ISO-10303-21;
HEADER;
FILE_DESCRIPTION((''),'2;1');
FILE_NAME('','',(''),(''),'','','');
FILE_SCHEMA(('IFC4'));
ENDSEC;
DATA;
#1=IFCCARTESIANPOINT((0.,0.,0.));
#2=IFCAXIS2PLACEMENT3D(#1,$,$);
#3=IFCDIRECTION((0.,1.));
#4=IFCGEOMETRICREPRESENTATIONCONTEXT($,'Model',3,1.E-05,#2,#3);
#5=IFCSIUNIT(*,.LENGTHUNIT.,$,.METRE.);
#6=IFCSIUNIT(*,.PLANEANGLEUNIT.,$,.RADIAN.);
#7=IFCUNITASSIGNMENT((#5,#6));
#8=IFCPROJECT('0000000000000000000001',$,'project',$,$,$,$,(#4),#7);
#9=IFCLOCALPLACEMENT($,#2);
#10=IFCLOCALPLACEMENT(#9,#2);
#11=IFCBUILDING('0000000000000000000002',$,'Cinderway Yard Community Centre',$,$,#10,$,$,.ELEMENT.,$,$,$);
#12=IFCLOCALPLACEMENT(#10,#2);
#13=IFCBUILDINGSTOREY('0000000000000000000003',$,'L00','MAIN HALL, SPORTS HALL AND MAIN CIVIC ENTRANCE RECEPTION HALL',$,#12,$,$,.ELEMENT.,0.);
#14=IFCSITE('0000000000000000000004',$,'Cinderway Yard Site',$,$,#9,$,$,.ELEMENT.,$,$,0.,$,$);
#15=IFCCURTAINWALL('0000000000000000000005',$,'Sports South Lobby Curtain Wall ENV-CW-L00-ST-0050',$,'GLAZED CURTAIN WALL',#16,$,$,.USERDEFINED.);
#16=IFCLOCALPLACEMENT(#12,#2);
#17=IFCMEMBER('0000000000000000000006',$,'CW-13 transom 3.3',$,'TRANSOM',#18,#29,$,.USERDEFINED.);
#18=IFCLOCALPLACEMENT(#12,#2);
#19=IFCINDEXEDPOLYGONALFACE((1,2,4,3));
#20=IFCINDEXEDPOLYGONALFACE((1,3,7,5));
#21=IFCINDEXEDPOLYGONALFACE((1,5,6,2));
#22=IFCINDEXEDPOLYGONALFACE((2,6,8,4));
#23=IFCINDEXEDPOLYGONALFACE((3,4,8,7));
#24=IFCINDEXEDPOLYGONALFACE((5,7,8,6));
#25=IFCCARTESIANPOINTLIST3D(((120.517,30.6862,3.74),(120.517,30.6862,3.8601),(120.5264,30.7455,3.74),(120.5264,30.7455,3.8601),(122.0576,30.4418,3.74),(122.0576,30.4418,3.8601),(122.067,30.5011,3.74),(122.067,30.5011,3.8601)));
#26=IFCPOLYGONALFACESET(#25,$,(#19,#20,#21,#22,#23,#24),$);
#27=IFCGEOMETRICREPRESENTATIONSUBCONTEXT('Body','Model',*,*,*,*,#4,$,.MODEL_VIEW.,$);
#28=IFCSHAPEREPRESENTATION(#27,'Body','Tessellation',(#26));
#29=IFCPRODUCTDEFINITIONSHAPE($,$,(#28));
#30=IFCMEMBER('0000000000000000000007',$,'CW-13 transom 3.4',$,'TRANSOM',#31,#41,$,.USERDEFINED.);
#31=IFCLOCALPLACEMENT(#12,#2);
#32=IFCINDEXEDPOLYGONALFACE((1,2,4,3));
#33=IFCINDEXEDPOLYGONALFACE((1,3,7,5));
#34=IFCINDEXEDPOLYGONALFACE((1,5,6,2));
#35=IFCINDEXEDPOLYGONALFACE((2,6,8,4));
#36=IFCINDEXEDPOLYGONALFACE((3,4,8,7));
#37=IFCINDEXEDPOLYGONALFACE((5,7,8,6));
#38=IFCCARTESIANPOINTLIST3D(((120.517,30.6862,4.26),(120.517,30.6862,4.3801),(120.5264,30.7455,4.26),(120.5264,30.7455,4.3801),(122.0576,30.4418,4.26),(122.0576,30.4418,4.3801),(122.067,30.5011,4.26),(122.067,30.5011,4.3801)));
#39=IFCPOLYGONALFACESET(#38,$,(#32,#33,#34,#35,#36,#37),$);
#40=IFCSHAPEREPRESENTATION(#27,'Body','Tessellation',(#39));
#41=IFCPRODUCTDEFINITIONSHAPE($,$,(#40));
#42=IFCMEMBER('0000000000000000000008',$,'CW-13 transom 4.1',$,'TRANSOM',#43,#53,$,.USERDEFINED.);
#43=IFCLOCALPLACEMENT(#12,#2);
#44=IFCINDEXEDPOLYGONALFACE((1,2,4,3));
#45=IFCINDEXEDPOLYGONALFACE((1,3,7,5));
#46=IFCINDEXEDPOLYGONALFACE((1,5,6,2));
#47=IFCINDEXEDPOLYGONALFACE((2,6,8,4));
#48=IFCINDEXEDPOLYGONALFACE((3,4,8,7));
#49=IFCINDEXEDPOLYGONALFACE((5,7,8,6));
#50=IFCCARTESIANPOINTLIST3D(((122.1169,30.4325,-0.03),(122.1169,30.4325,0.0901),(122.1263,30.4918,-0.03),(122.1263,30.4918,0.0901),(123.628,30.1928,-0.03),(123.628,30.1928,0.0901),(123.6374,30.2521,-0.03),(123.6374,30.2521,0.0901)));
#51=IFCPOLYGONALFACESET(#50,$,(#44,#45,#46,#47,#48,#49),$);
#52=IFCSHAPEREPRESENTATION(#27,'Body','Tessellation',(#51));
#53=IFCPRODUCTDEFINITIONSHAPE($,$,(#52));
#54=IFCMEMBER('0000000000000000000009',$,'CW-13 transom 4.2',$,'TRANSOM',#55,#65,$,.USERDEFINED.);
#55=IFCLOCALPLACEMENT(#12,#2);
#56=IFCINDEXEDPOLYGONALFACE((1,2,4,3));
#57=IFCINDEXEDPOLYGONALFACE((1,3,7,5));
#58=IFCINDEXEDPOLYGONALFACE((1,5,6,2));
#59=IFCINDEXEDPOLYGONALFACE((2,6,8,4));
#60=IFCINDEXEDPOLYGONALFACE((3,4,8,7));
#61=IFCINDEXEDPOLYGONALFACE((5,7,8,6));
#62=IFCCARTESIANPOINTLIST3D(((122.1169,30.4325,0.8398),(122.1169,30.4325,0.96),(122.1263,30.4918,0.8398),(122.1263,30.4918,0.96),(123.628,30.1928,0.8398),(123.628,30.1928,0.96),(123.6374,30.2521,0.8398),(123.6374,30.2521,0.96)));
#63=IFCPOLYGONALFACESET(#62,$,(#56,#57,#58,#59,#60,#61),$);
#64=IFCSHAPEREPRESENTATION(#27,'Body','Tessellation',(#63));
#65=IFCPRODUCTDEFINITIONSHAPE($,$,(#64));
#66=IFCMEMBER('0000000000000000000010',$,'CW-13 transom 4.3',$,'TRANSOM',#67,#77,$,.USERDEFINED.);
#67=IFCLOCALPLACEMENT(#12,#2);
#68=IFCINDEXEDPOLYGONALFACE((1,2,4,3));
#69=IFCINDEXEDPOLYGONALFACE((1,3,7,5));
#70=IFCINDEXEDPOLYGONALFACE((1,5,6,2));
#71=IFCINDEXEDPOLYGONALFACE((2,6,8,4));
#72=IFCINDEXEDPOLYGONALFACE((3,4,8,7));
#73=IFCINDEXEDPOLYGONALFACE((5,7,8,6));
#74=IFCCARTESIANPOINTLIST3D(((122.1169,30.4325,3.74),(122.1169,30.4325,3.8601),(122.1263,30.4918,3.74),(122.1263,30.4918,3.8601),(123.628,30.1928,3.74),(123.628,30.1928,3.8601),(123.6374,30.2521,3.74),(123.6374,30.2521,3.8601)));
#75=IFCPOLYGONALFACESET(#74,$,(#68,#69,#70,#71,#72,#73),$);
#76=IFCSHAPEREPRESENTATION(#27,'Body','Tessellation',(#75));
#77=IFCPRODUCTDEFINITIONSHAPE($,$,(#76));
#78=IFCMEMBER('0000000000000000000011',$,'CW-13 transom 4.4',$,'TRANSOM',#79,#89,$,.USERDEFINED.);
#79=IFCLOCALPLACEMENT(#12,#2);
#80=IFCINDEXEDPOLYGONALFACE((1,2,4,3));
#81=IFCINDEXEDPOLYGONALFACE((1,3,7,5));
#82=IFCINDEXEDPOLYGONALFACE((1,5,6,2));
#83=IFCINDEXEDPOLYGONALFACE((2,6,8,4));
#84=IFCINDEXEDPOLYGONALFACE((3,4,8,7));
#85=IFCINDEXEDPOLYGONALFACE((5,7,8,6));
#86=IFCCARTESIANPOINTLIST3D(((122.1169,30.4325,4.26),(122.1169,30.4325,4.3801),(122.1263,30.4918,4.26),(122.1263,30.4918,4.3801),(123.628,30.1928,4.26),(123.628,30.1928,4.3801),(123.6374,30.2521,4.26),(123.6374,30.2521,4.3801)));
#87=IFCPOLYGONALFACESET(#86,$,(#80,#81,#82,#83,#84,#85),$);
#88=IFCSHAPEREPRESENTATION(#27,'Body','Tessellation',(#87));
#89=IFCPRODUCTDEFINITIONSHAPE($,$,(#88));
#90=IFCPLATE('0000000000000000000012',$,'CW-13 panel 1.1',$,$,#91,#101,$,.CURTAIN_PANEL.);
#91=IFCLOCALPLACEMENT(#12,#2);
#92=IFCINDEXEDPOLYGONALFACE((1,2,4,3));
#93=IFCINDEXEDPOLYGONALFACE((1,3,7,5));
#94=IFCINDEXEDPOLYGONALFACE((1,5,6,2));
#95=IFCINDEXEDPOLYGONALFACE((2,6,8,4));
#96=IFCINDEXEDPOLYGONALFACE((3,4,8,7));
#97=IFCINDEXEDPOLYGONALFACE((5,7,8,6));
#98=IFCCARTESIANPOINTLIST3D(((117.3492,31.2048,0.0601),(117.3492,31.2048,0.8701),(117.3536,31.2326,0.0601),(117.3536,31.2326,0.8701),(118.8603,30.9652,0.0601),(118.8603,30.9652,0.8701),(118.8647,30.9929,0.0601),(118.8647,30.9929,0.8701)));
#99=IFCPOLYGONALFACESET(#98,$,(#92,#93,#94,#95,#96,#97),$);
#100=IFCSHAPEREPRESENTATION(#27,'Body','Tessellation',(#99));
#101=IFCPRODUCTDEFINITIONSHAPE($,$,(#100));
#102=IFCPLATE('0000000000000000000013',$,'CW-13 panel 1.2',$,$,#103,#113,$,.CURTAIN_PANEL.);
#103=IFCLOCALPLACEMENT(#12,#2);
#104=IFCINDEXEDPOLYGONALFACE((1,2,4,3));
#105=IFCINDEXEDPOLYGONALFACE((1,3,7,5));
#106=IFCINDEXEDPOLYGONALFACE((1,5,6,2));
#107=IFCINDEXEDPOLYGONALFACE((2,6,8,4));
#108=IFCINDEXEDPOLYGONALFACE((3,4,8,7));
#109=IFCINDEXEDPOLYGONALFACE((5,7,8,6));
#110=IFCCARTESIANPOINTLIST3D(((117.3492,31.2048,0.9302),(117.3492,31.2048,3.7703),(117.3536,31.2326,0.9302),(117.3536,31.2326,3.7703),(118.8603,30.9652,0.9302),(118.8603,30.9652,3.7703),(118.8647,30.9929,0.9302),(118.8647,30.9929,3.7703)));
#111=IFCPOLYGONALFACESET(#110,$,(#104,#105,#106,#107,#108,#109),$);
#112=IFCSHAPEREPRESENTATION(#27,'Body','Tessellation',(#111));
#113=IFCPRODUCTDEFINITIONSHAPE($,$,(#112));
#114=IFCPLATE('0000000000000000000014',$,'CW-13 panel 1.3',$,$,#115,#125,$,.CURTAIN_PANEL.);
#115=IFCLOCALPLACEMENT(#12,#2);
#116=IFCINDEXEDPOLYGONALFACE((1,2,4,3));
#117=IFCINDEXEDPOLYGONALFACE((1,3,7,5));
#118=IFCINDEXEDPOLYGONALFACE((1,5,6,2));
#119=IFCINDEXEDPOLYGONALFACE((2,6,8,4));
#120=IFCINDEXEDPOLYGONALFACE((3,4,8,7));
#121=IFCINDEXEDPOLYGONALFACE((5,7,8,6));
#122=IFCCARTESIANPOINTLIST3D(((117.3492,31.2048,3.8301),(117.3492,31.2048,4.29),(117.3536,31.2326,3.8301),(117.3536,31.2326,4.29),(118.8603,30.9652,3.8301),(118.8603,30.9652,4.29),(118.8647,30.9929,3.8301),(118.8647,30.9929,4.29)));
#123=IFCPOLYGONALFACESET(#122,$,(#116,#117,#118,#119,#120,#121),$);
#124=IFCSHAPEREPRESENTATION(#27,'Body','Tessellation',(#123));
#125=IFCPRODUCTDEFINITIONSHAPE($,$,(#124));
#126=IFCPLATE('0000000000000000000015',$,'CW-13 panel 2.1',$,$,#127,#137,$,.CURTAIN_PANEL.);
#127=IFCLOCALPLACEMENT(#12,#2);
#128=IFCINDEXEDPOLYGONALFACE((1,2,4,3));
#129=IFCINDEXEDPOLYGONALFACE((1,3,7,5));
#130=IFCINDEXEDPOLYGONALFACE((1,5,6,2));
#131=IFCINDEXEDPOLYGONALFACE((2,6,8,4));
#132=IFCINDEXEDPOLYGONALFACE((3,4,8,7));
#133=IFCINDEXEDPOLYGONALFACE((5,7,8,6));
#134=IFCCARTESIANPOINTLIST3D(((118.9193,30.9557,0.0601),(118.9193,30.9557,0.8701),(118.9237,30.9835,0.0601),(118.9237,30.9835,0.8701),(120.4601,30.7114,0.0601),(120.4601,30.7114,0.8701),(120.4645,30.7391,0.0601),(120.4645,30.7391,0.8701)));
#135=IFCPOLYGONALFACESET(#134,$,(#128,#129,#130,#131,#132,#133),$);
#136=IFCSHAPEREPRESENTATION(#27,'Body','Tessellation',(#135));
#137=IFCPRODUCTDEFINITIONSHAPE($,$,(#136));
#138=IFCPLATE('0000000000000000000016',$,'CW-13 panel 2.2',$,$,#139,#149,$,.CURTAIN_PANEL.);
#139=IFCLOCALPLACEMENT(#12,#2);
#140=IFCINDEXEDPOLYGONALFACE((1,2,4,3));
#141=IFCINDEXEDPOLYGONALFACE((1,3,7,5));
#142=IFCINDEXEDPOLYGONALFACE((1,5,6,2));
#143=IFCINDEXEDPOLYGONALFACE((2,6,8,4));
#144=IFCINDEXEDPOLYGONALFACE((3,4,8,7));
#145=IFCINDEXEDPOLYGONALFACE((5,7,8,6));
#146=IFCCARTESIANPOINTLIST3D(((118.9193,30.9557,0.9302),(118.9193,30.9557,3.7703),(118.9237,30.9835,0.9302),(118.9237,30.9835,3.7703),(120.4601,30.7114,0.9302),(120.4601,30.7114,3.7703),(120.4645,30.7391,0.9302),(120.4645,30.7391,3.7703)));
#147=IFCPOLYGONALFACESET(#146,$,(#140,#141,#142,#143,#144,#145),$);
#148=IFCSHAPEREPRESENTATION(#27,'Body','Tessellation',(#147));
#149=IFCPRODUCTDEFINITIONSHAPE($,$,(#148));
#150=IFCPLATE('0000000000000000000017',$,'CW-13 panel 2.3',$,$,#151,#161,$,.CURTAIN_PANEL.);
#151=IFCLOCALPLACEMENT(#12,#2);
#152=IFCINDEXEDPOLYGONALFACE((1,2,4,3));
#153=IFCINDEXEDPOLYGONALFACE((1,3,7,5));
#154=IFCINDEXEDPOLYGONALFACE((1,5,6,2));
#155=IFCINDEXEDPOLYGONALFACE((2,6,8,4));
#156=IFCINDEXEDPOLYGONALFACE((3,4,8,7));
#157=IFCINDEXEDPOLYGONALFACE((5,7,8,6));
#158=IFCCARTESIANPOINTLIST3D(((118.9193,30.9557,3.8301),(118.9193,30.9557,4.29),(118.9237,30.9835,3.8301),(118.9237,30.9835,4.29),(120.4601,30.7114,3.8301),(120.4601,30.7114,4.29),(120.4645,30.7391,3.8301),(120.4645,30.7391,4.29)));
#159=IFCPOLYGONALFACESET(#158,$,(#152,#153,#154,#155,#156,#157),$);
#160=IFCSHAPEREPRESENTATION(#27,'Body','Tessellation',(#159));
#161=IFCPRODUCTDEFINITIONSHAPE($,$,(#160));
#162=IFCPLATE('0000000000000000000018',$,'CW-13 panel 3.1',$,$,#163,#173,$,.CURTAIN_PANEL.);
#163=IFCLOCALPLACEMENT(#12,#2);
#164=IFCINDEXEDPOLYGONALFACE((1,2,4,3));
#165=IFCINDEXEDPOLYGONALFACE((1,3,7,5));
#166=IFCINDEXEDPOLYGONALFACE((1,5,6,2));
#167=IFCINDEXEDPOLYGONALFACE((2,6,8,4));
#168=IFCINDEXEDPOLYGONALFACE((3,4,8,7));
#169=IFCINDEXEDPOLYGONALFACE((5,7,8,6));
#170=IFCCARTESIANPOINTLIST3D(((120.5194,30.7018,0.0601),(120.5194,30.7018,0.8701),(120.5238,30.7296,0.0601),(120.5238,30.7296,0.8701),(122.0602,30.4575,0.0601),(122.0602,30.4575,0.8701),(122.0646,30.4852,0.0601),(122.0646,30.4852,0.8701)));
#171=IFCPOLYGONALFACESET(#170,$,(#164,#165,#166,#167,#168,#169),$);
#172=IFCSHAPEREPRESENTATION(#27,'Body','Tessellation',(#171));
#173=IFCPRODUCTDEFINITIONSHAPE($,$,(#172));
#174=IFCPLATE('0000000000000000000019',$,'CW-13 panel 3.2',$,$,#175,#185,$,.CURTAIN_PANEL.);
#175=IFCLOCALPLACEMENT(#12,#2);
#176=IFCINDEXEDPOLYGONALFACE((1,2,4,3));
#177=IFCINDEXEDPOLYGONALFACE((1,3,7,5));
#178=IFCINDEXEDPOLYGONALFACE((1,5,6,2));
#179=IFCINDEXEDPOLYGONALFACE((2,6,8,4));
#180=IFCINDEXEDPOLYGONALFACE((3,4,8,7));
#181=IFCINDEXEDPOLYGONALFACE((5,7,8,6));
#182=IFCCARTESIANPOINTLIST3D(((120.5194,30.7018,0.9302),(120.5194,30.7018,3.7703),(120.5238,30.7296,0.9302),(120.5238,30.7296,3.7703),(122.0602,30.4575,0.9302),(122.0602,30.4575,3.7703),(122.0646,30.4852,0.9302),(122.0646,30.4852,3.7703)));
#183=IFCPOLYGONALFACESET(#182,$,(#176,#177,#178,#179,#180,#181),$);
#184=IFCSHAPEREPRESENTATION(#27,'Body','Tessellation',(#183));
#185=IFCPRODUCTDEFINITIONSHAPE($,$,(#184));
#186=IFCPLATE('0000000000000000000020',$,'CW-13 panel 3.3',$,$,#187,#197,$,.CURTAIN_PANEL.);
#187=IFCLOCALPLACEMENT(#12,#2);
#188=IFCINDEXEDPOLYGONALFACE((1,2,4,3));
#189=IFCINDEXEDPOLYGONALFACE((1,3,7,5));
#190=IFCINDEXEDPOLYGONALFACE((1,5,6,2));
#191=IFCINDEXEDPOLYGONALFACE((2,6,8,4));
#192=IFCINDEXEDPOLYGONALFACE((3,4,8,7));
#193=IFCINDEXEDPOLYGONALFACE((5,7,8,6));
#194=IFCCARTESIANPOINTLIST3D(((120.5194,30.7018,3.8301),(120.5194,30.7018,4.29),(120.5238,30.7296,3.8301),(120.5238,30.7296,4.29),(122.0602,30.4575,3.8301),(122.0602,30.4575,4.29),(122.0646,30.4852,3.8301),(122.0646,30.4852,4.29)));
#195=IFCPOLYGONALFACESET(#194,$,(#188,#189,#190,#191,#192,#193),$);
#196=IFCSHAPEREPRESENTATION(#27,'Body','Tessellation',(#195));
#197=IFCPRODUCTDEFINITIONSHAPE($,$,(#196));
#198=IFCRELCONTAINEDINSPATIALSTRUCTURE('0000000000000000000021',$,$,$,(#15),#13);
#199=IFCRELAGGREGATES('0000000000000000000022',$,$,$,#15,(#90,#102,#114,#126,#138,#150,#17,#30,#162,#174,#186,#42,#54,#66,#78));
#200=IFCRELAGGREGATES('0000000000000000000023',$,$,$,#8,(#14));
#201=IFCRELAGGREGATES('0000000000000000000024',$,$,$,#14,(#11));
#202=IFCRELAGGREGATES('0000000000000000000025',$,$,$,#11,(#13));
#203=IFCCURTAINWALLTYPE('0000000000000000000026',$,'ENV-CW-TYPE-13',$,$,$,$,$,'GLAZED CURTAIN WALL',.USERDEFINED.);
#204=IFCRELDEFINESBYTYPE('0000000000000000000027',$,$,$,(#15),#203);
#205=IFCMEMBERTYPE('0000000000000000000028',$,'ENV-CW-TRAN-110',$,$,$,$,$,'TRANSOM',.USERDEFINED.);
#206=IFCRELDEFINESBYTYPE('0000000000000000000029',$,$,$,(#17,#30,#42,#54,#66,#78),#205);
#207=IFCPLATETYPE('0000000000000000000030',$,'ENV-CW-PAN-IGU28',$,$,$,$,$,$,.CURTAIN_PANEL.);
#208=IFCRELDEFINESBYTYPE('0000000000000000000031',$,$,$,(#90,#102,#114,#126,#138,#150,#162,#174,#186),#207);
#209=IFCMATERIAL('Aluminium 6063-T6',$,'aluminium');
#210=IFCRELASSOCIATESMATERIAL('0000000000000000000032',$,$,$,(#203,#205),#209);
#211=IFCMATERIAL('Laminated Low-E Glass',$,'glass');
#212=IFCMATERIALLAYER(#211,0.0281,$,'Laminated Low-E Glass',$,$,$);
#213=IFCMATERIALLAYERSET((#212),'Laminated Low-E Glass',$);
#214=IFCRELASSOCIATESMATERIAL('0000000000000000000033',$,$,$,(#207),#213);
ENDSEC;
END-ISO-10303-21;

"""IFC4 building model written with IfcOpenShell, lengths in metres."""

from ifc_helpers import new_model, si_unit, direction, frame, origin, origin_2d, place, context, subcontext, project, spatial, rectangle, extrude, material, layer, layer_set, material_profile, profile_set, type_object, element, aggregate, save


model = new_model("IFC4")

# Units and contexts
model_context = context("Model", 3, precision=1e-05, world=origin(), true_north=direction((0.0, 1.0)))
body_context = subcontext(model_context, "Body", "Model", "MODEL_VIEW")
ifc_project = project(units=[si_unit("LENGTHUNIT", "METRE"), si_unit("PLANEANGLEUNIT", "RADIAN")], contexts=[model_context])

# Site, building, storey
site_placement = place(None, origin())
site = spatial("IfcSite", under=ifc_project, at=site_placement, Name="Cinderway Yard Site", CompositionType="ELEMENT", RefElevation=0.0)
building_placement = place(site_placement, origin())
building = spatial("IfcBuilding", under=site, at=building_placement, Name="Cinderway Yard Community Centre", CompositionType="ELEMENT")
storey_placement = place(building_placement, origin())
storey = spatial("IfcBuildingStorey", under=building, at=storey_placement, Name="L00", Description="MAIN HALL, SPORTS HALL AND MAIN CIVIC ENTRANCE RECEPTION HALL", CompositionType="ELEMENT", Elevation=0.0)

# Curtain wall, members, plates
ifc_material_1 = material(Name="Aluminium 6063-T6", Category="aluminium")
curtain_wall_type = type_object("IfcCurtainWallType", Name="ENV-CW-TYPE-13", ElementType="GLAZED CURTAIN WALL", PredefinedType="USERDEFINED", material=ifc_material_1)
curtain_wall_placement = place(storey_placement, origin())
curtain_wall = element("IfcCurtainWall", 1, at=curtain_wall_placement, inside=storey, type_object=curtain_wall_type, Name="Sports South Lobby Curtain Wall ENV-CW-L00-ST-0050", ObjectType="GLAZED CURTAIN WALL", PredefinedType="USERDEFINED")
ifc_material_profile_1 = material_profile(ifc_material_1, rectangle(XDim=0.0601, YDim=0.1201, at=origin_2d()), Name="Aluminium 6063-T6")
ifc_profile_set_1 = profile_set([ifc_material_profile_1], Name="Aluminium 6063-T6")
member_type_1 = type_object("IfcMemberType", Name="ENV-CW-TRAN-110", ElementType="TRANSOM", PredefinedType="USERDEFINED", material=ifc_profile_set_1)
member_1_placement = place(storey_placement, frame((120.5217, 30.7158, 3.8), z_axis=(0.98765, -0.156678, 0.0), x_axis=(0.156678, 0.98765, 0.0)))
member_1 = element("IfcMember", 2, at=member_1_placement, type_object=member_type_1, Name="CW-13 transom 3.3", ObjectType="TRANSOM", PredefinedType="USERDEFINED", context=body_context, shape_type="SweptSolid", body=[
    extrude(rectangle(XDim=0.0601, YDim=0.1201, at=origin_2d()), origin(), (0.0, 0.0, 1.0), 1.5598),
])
member_2_placement = place(storey_placement, frame((120.5217, 30.7158, 4.3201), z_axis=(0.98765, -0.156678, 0.0), x_axis=(0.156678, 0.98765, 0.0)))
member_2 = element("IfcMember", 3, at=member_2_placement, type_object=member_type_1, Name="CW-13 transom 3.4", ObjectType="TRANSOM", PredefinedType="USERDEFINED", context=body_context, shape_type="SweptSolid", body=[
    extrude(rectangle(XDim=0.0601, YDim=0.1201, at=origin_2d()), origin(), (0.0, 0.0, 1.0), 1.5598),
])
member_3_placement = place(storey_placement, frame((122.1216, 30.4622, 0.03), z_axis=(0.987649, -0.156684, 0.0), x_axis=(0.156684, 0.987649, 0.0)))
member_3 = element("IfcMember", 4, at=member_3_placement, type_object=member_type_1, Name="CW-13 transom 4.1", ObjectType="TRANSOM", PredefinedType="USERDEFINED", context=body_context, shape_type="SweptSolid", body=[
    extrude(rectangle(XDim=0.0601, YDim=0.1201, at=origin_2d()), origin(), (0.0, 0.0, 1.0), 1.53),
])
member_4_placement = place(storey_placement, frame((122.1216, 30.4622, 0.8999), z_axis=(0.987649, -0.156684, 0.0), x_axis=(0.156684, 0.987649, 0.0)))
member_4 = element("IfcMember", 5, at=member_4_placement, type_object=member_type_1, Name="CW-13 transom 4.2", ObjectType="TRANSOM", PredefinedType="USERDEFINED", context=body_context, shape_type="SweptSolid", body=[
    extrude(rectangle(XDim=0.0601, YDim=0.1201, at=origin_2d()), origin(), (0.0, 0.0, 1.0), 1.53),
])
member_5_placement = place(storey_placement, frame((122.1216, 30.4622, 3.8), z_axis=(0.987649, -0.156684, 0.0), x_axis=(0.156684, 0.987649, 0.0)))
member_5 = element("IfcMember", 6, at=member_5_placement, type_object=member_type_1, Name="CW-13 transom 4.3", ObjectType="TRANSOM", PredefinedType="USERDEFINED", context=body_context, shape_type="SweptSolid", body=[
    extrude(rectangle(XDim=0.0601, YDim=0.1201, at=origin_2d()), origin(), (0.0, 0.0, 1.0), 1.53),
])
member_6_placement = place(storey_placement, frame((122.1216, 30.4622, 4.3201), z_axis=(0.987649, -0.156684, 0.0), x_axis=(0.156684, 0.987649, 0.0)))
member_6 = element("IfcMember", 7, at=member_6_placement, type_object=member_type_1, Name="CW-13 transom 4.4", ObjectType="TRANSOM", PredefinedType="USERDEFINED", context=body_context, shape_type="SweptSolid", body=[
    extrude(rectangle(XDim=0.0601, YDim=0.1201, at=origin_2d()), origin(), (0.0, 0.0, 1.0), 1.53),
])
ifc_material_2 = material(Name="Laminated Low-E Glass", Category="glass")
ifc_layer_1 = layer(ifc_material_2, 0.0281, Name="Laminated Low-E Glass")
ifc_layer_set_1 = layer_set([ifc_layer_1], Name="Laminated Low-E Glass")
plate_type = type_object("IfcPlateType", Name="ENV-CW-PAN-IGU28", PredefinedType="CURTAIN_PANEL", material=ifc_layer_set_1)
plate_1_placement = place(storey_placement, frame((118.1069, 31.0989, 0.0601), z_axis=(0.0, 0.0, 1.0), x_axis=(0.987656, -0.156636, 0.0)))
plate_1 = element("IfcPlate", 8, at=plate_1_placement, type_object=plate_type, Name="CW-13 panel 1.1", PredefinedType="CURTAIN_PANEL", context=body_context, shape_type="SweptSolid", body=[
    extrude(rectangle(XDim=1.53, YDim=0.0281, at=origin_2d()), origin(), (0.0, 0.0, 1.0), 0.8101),
])
plate_2_placement = place(storey_placement, frame((118.1069, 31.0989, 0.9302), z_axis=(0.0, 0.0, 1.0), x_axis=(0.987656, -0.156636, 0.0)))
plate_2 = element("IfcPlate", 9, at=plate_2_placement, type_object=plate_type, Name="CW-13 panel 1.2", PredefinedType="CURTAIN_PANEL", context=body_context, shape_type="SweptSolid", body=[
    extrude(rectangle(XDim=1.53, YDim=0.0281, at=origin_2d()), origin(), (0.0, 0.0, 1.0), 2.8401),
])
plate_3_placement = place(storey_placement, frame((118.1069, 31.0989, 3.8301), z_axis=(0.0, 0.0, 1.0), x_axis=(0.987656, -0.156636, 0.0)))
plate_3 = element("IfcPlate", 10, at=plate_3_placement, type_object=plate_type, Name="CW-13 panel 1.3", PredefinedType="CURTAIN_PANEL", context=body_context, shape_type="SweptSolid", body=[
    extrude(rectangle(XDim=1.53, YDim=0.0281, at=origin_2d()), origin(), (0.0, 0.0, 1.0), 0.46),
])
plate_4_placement = place(storey_placement, frame((119.6919, 30.8474, 0.0601), z_axis=(0.0, 0.0, 1.0), x_axis=(0.987656, -0.156636, 0.0)))
plate_4 = element("IfcPlate", 11, at=plate_4_placement, type_object=plate_type, Name="CW-13 panel 2.1", PredefinedType="CURTAIN_PANEL", context=body_context, shape_type="SweptSolid", body=[
    extrude(rectangle(XDim=1.5601, YDim=0.0281, at=origin_2d()), origin(), (0.0, 0.0, 1.0), 0.8101),
])
plate_5_placement = place(storey_placement, frame((119.6919, 30.8474, 0.9302), z_axis=(0.0, 0.0, 1.0), x_axis=(0.987656, -0.156636, 0.0)))
plate_5 = element("IfcPlate", 12, at=plate_5_placement, type_object=plate_type, Name="CW-13 panel 2.2", PredefinedType="CURTAIN_PANEL", context=body_context, shape_type="SweptSolid", body=[
    extrude(rectangle(XDim=1.5601, YDim=0.0281, at=origin_2d()), origin(), (0.0, 0.0, 1.0), 2.8401),
])
plate_6_placement = place(storey_placement, frame((119.6919, 30.8474, 3.8301), z_axis=(0.0, 0.0, 1.0), x_axis=(0.987656, -0.156636, 0.0)))
plate_6 = element("IfcPlate", 13, at=plate_6_placement, type_object=plate_type, Name="CW-13 panel 2.3", PredefinedType="CURTAIN_PANEL", context=body_context, shape_type="SweptSolid", body=[
    extrude(rectangle(XDim=1.5601, YDim=0.0281, at=origin_2d()), origin(), (0.0, 0.0, 1.0), 0.46),
])
plate_7_placement = place(storey_placement, frame((121.292, 30.5935, 0.0601), z_axis=(0.0, 0.0, 1.0), x_axis=(0.987656, -0.156636, 0.0)))
plate_7 = element("IfcPlate", 14, at=plate_7_placement, type_object=plate_type, Name="CW-13 panel 3.1", PredefinedType="CURTAIN_PANEL", context=body_context, shape_type="SweptSolid", body=[
    extrude(rectangle(XDim=1.5601, YDim=0.0281, at=origin_2d()), origin(), (0.0, 0.0, 1.0), 0.8101),
])
plate_8_placement = place(storey_placement, frame((121.292, 30.5935, 0.9302), z_axis=(0.0, 0.0, 1.0), x_axis=(0.987656, -0.156636, 0.0)))
plate_8 = element("IfcPlate", 15, at=plate_8_placement, type_object=plate_type, Name="CW-13 panel 3.2", PredefinedType="CURTAIN_PANEL", context=body_context, shape_type="SweptSolid", body=[
    extrude(rectangle(XDim=1.5601, YDim=0.0281, at=origin_2d()), origin(), (0.0, 0.0, 1.0), 2.8401),
])
plate_9_placement = place(storey_placement, frame((121.292, 30.5935, 3.8301), z_axis=(0.0, 0.0, 1.0), x_axis=(0.987656, -0.156636, 0.0)))
plate_9 = element("IfcPlate", 16, at=plate_9_placement, type_object=plate_type, Name="CW-13 panel 3.3", PredefinedType="CURTAIN_PANEL", context=body_context, shape_type="SweptSolid", body=[
    extrude(rectangle(XDim=1.5601, YDim=0.0281, at=origin_2d()), origin(), (0.0, 0.0, 1.0), 0.46),
])
aggregate(curtain_wall, [plate_1, plate_2, plate_3, plate_4, plate_5, plate_6, member_1, member_2, plate_7, plate_8, plate_9, member_3, member_4, member_5, member_6])

save(model, "model.ifc")
